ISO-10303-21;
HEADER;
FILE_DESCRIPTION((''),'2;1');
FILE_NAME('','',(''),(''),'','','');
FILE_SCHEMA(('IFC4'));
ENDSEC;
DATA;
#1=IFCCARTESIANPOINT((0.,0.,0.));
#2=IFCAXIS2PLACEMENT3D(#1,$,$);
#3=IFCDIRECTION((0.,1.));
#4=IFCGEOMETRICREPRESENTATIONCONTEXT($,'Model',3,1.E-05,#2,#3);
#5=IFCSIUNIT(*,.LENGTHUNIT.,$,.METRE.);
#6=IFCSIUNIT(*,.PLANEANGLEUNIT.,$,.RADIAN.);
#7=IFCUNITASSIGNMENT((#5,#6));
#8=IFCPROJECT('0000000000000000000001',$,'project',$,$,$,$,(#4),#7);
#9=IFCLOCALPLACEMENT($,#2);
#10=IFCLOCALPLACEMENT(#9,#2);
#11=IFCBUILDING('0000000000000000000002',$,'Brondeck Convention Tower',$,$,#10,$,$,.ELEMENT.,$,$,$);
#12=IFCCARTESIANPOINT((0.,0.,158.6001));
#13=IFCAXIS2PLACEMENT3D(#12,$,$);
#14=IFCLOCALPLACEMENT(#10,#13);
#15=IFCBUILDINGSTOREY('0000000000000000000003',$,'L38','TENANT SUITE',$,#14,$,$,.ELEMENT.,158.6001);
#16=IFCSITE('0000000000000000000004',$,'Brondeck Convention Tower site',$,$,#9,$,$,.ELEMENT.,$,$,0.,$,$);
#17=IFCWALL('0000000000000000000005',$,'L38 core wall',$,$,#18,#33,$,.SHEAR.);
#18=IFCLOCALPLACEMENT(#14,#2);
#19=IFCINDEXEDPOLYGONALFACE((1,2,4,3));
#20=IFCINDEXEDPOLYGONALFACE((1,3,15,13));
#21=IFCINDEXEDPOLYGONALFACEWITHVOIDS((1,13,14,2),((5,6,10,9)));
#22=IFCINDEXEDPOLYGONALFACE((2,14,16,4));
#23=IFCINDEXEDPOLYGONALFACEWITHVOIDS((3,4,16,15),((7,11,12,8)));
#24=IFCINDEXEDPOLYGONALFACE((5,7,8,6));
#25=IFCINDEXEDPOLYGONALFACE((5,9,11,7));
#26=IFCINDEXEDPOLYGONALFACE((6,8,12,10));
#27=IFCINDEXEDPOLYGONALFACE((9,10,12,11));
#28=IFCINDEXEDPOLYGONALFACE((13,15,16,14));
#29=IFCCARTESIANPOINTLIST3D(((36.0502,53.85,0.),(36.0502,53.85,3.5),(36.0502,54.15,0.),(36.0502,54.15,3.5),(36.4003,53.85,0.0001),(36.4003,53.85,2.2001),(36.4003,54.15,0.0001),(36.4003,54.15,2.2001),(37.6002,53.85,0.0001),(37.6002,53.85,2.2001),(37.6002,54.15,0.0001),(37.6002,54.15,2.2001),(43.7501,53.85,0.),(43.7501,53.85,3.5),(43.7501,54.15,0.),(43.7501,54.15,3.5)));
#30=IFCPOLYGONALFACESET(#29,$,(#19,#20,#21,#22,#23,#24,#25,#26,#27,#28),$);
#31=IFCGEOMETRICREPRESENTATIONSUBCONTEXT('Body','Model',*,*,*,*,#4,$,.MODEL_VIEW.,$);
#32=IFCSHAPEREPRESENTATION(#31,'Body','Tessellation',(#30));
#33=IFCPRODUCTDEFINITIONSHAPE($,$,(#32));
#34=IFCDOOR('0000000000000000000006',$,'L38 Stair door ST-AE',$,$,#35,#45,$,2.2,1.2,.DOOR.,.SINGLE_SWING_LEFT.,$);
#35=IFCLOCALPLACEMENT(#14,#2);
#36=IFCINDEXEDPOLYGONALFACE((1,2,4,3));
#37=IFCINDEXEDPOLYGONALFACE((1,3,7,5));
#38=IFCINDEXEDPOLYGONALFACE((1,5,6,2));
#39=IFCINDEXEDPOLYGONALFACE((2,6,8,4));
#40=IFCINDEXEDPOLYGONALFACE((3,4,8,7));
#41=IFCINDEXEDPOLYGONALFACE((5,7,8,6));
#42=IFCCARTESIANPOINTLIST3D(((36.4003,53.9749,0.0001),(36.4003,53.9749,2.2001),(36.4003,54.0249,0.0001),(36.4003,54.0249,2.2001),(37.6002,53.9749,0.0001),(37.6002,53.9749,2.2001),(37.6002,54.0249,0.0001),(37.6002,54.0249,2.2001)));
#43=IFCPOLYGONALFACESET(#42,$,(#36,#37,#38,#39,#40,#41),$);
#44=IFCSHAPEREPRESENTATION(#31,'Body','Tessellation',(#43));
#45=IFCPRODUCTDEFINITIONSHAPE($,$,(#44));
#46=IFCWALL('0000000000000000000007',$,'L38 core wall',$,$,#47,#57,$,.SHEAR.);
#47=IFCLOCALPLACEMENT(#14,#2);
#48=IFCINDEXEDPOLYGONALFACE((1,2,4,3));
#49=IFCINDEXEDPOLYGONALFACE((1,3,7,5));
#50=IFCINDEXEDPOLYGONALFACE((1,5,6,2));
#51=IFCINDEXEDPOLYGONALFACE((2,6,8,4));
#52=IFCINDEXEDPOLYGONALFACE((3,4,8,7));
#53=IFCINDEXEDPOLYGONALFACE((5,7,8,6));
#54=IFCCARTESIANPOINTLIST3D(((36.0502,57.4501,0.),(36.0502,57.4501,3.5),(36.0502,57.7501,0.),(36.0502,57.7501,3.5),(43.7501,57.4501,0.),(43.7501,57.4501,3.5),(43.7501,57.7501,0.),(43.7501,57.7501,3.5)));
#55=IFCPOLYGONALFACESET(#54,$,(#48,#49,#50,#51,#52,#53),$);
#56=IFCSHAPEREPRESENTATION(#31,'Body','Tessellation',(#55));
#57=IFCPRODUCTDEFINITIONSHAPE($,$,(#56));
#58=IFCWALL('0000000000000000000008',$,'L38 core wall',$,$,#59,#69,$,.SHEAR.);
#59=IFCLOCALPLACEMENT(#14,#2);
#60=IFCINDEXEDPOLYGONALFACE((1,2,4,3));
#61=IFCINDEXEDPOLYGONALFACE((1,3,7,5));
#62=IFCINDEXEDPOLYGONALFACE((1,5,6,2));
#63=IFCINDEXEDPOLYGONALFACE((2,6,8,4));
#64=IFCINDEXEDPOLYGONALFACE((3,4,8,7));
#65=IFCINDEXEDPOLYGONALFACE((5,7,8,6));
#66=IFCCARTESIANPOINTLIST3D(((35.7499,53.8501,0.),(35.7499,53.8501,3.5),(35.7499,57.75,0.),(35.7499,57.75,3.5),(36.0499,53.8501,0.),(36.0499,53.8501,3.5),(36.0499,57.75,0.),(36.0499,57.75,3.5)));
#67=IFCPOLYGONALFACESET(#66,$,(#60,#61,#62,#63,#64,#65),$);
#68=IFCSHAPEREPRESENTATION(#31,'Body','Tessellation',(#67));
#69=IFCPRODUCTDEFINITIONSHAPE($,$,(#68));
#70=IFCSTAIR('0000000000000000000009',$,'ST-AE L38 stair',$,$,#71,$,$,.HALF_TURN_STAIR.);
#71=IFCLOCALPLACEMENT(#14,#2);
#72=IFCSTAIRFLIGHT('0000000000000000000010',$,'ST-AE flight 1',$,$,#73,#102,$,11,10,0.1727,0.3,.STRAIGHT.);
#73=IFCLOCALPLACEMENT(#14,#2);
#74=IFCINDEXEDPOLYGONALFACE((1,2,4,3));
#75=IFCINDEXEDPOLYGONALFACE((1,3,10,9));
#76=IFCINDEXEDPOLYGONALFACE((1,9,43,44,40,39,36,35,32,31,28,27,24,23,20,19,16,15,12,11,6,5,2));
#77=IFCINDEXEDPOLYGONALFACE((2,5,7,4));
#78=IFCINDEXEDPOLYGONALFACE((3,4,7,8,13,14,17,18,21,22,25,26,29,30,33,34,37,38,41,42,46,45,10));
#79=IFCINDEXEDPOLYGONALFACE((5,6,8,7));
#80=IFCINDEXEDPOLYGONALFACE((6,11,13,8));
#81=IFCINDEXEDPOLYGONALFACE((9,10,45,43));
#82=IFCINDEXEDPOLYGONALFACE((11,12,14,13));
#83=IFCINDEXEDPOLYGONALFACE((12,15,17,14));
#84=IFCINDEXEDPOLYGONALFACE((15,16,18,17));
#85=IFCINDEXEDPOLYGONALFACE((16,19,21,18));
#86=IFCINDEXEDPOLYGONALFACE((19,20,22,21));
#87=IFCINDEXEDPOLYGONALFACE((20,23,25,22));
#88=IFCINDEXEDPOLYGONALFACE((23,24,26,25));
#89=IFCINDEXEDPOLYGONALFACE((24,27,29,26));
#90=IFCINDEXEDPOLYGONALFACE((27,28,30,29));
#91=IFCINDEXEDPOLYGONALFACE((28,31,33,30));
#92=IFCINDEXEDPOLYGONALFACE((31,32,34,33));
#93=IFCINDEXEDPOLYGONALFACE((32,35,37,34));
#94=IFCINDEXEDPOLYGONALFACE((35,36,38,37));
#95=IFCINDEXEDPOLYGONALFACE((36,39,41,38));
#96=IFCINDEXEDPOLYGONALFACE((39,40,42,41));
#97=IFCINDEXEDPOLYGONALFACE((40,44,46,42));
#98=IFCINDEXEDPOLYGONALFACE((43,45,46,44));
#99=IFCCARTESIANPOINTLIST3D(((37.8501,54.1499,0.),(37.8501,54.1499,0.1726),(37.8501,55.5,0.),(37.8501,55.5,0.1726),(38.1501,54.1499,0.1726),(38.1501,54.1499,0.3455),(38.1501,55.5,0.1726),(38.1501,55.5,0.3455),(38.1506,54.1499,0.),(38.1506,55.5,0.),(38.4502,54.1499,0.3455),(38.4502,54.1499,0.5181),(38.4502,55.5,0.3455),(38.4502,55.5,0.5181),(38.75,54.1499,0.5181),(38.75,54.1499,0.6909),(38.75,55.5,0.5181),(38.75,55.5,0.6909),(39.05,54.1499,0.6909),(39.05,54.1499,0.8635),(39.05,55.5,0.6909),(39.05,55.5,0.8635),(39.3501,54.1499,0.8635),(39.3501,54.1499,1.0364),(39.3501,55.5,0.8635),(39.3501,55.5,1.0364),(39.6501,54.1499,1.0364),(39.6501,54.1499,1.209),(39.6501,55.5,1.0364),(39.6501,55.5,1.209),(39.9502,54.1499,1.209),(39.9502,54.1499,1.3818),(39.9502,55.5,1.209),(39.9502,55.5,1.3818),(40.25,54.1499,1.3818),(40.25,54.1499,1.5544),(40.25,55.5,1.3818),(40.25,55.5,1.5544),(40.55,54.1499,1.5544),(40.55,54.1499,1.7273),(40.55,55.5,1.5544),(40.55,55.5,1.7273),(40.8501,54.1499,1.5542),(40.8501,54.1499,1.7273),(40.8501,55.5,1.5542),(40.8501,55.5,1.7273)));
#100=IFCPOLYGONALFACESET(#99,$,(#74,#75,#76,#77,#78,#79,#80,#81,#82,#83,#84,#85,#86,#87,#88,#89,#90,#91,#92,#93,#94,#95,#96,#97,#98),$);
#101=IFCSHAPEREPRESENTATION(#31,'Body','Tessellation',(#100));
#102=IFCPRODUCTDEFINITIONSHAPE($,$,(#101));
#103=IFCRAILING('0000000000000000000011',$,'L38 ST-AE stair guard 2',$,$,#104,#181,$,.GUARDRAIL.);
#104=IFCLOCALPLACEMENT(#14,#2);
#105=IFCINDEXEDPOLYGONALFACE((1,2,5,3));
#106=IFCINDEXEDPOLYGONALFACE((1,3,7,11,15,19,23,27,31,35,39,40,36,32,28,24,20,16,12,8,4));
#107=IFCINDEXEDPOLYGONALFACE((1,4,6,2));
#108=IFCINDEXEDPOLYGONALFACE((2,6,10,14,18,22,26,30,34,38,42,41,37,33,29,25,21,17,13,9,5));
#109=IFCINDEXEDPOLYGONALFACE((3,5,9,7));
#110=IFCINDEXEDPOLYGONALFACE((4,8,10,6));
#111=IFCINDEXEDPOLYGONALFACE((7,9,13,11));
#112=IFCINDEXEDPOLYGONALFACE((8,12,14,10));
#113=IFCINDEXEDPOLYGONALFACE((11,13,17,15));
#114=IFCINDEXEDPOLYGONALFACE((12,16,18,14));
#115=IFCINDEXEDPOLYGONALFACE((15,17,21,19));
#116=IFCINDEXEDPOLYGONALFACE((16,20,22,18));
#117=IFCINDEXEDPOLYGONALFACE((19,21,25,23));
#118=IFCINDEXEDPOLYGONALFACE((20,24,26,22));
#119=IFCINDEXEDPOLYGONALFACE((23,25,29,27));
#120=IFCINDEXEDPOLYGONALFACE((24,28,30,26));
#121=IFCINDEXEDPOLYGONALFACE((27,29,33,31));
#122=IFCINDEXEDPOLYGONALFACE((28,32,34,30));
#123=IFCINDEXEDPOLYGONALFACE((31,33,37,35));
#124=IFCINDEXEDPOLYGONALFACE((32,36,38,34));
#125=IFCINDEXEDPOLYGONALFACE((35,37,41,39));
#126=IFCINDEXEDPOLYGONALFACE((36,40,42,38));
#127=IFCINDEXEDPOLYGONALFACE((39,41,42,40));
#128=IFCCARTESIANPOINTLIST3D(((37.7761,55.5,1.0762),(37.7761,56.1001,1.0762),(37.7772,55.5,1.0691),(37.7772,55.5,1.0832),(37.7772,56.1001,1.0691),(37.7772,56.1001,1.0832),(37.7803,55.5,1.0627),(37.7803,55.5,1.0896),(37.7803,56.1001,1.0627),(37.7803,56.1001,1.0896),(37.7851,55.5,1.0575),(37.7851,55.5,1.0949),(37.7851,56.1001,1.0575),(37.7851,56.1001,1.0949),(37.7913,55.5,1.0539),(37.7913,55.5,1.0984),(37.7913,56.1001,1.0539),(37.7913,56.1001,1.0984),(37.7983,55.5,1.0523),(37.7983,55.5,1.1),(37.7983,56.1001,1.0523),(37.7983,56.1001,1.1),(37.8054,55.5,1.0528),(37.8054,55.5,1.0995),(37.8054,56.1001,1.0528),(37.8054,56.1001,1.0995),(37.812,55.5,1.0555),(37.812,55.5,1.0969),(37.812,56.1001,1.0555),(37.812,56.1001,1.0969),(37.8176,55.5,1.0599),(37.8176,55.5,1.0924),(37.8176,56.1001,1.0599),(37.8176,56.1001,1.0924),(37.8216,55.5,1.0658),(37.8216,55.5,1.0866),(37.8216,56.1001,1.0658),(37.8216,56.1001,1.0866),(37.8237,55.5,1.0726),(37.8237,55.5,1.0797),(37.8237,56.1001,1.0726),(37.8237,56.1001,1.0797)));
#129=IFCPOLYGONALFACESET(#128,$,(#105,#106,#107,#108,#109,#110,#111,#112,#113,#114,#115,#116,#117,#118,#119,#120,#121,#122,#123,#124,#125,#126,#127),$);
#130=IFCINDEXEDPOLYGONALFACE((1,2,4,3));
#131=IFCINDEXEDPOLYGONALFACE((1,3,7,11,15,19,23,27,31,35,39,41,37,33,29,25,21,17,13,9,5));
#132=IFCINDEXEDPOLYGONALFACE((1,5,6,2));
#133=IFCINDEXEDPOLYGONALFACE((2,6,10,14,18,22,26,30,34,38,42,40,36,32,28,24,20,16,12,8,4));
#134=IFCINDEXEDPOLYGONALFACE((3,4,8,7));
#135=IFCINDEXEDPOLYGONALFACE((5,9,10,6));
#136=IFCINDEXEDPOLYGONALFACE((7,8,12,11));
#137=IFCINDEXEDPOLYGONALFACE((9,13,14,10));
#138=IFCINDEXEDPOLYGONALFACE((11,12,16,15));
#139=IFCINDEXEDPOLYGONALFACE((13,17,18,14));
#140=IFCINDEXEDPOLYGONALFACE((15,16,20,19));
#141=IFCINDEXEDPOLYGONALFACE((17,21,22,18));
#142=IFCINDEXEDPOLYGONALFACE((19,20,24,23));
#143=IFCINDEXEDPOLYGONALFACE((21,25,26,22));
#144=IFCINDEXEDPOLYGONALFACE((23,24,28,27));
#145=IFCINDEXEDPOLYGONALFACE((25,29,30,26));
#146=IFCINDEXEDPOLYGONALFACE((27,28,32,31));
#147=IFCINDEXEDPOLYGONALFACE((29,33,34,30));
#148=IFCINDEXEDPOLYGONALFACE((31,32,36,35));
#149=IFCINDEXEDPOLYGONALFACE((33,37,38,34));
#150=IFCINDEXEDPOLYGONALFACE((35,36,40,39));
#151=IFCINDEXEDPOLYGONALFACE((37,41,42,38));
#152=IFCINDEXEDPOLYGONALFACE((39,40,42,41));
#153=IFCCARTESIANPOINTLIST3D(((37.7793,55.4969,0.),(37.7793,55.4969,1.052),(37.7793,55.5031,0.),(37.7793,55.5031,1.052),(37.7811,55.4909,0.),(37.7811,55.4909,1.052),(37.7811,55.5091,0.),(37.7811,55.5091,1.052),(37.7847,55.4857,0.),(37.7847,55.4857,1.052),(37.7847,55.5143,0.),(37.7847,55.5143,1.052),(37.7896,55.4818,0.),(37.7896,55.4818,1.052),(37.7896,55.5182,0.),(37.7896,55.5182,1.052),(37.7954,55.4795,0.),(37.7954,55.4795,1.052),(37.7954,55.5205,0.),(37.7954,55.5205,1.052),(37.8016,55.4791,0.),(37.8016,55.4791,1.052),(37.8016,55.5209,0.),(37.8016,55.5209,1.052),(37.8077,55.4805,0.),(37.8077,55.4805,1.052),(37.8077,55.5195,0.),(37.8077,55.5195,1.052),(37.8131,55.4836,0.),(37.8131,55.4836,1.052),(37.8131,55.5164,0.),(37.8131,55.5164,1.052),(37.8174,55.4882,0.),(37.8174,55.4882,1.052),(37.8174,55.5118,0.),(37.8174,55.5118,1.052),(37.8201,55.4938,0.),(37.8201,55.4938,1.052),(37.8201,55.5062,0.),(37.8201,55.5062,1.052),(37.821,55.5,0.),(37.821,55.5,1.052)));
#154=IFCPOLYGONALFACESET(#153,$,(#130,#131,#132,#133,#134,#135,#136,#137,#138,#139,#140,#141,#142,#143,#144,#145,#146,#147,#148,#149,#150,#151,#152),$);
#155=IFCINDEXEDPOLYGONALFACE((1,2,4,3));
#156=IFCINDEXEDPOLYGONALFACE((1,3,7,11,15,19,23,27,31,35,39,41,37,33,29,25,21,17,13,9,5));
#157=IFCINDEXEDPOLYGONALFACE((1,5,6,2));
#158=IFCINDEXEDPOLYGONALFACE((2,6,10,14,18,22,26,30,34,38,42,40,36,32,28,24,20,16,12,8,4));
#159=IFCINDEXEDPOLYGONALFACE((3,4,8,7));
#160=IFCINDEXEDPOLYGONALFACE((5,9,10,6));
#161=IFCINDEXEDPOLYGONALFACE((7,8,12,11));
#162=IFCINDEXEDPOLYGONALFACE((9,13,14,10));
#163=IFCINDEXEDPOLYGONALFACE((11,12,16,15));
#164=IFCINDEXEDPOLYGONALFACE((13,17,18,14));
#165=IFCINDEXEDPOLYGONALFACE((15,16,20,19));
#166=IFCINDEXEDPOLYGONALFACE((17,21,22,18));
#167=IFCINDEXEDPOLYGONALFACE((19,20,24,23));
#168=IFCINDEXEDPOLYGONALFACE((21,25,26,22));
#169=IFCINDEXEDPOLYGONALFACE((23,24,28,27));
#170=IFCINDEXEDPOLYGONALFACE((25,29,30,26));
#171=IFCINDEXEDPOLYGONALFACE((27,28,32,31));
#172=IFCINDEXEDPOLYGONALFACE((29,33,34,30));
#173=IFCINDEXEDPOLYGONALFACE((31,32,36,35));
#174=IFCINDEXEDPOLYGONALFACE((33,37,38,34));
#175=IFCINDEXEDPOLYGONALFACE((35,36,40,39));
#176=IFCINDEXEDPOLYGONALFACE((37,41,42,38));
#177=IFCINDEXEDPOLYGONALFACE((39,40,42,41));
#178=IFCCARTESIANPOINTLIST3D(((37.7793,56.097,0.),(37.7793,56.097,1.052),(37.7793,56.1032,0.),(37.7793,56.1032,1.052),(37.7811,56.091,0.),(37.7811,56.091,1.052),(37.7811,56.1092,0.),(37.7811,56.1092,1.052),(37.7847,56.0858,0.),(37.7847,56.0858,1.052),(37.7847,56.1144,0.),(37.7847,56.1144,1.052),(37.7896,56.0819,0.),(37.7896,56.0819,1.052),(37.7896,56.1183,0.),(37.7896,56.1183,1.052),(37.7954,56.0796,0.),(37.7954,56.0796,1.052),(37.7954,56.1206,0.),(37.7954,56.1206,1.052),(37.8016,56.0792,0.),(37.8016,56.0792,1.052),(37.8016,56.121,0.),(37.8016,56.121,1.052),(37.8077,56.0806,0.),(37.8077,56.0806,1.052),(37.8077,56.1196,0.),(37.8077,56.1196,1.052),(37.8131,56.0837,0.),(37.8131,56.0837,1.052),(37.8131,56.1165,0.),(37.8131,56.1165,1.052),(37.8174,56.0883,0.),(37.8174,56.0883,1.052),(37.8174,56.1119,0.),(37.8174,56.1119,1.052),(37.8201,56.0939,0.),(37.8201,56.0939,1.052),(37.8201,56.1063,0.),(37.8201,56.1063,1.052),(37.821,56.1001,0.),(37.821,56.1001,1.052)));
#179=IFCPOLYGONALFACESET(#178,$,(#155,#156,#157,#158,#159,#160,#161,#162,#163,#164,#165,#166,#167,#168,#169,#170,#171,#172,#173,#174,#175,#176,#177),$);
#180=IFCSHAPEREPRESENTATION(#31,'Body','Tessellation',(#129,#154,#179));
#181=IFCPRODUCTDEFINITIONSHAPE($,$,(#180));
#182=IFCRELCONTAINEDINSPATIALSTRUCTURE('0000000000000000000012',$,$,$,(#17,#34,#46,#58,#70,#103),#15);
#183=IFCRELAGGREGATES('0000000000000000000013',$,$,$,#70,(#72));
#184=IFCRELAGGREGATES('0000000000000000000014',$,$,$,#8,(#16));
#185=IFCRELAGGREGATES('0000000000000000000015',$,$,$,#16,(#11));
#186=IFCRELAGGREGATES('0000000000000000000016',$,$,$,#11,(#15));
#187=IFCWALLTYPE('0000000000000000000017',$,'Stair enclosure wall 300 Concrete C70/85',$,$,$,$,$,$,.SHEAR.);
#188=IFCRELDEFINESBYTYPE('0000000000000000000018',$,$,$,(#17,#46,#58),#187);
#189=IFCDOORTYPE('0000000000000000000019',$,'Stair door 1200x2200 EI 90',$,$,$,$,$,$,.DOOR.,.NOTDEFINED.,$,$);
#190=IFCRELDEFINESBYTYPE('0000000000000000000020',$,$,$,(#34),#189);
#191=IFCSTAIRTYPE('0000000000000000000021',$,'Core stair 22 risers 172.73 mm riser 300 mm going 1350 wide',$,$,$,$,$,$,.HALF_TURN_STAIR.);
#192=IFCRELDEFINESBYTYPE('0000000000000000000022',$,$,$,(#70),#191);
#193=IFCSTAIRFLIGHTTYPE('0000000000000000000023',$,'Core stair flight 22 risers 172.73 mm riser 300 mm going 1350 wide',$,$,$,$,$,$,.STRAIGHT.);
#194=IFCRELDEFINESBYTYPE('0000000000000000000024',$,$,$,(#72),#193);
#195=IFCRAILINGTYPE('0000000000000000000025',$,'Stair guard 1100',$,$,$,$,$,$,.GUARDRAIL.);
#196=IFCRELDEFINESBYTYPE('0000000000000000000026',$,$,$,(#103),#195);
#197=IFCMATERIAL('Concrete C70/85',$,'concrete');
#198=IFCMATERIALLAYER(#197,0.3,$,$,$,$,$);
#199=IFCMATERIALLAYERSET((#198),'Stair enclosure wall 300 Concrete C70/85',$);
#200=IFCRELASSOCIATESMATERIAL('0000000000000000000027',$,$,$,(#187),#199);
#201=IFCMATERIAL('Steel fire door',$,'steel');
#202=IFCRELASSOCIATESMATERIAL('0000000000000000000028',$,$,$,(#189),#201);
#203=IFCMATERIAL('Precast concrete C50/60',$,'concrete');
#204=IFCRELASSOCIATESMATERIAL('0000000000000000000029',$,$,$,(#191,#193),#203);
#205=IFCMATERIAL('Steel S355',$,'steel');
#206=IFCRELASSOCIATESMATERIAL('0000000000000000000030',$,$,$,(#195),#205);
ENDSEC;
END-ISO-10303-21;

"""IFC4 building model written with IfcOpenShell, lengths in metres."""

from ifc_helpers import new_model, si_unit, direction, frame, frame_2d, origin, origin_2d, place, context, subcontext, project, spatial, polyline, rectangle, circle, outline, extrude, material, layer, layer_set, type_object, element, fill, aggregate, save


model = new_model("IFC4")

# Units and contexts
model_context = context("Model", 3, precision=1e-05, world=origin(), true_north=direction((0.0, 1.0)))
body_context = subcontext(model_context, "Body", "Model", "MODEL_VIEW")
ifc_project = project(units=[si_unit("LENGTHUNIT", "METRE"), si_unit("PLANEANGLEUNIT", "RADIAN")], contexts=[model_context])

# Site, building, storey
site_placement = place(None, origin())
site = spatial("IfcSite", under=ifc_project, at=site_placement, Name="Brondeck Convention Tower site", CompositionType="ELEMENT", RefElevation=0.0)
building_placement = place(site_placement, origin())
building = spatial("IfcBuilding", under=site, at=building_placement, Name="Brondeck Convention Tower", CompositionType="ELEMENT")
storey_placement = place(building_placement, frame((0.0, 0.0, 158.6001)))
storey = spatial("IfcBuildingStorey", under=building, at=storey_placement, Name="L38", Description="TENANT SUITE", CompositionType="ELEMENT", Elevation=158.6001)

# Shared definitions
ifc_material_1 = material(Name="Concrete C70/85", Category="concrete")

# Shared definitions
ifc_material_2 = material(Name="Steel S355", Category="steel")

# Wall, opening, door
ifc_layer_1 = layer(ifc_material_1, 0.3)
ifc_layer_set_1 = layer_set([ifc_layer_1], Name="Stair enclosure wall 300 Concrete C70/85")
wall_type_1 = type_object("IfcWallType", Name="Stair enclosure wall 300 Concrete C70/85", PredefinedType="SHEAR", material=ifc_layer_set_1)
wall_1_placement = place(storey_placement, frame((36.05, 54.0, 0.0), z_axis=(0.0, 0.0, 1.0), x_axis=(1.0, 0.0, 0.0)))
wall_1 = element("IfcWall", 1, at=wall_1_placement, inside=storey, type_object=wall_type_1, Name="L38 core wall", PredefinedType="SHEAR", context=body_context, shape_type="SweptSolid", body=[
    extrude(rectangle(XDim=7.7, YDim=0.3, at=frame_2d((3.8501, 0.0))), origin(), (0.0, 0.0, 1.0), 3.5),
])
opening_1_placement = place(wall_1_placement, frame((0.3501, 0.0, 0.0)))
opening_1 = element("IfcOpeningElement", 2, at=opening_1_placement, cuts=wall_1, PredefinedType="OPENING", context=body_context, shape_type="SweptSolid", body=[
    extrude(rectangle(XDim=1.2, YDim=2.2, at=frame_2d((0.6001, 1.1001))), frame((0.0, 0.1599, 0.0), z_axis=(0.0, -1.0, 0.0), x_axis=(1.0, 0.0, 0.0)), (0.0, 0.0, 1.0), 0.3201),
])
ifc_material_3 = material(Name="Steel fire door", Category="steel")
door_type = type_object("IfcDoorType", Name="Stair door 1200x2200 EI 90", OperationType="NOTDEFINED", PredefinedType="DOOR", material=ifc_material_3)
door_placement = place(opening_1_placement, origin())
door = element("IfcDoor", 3, at=door_placement, inside=storey, type_object=door_type, Name="L38 Stair door ST-AE", OperationType="SINGLE_SWING_LEFT", OverallHeight=2.2, OverallWidth=1.2, PredefinedType="DOOR", context=body_context, shape_type="SweptSolid", body=[
    extrude(rectangle(XDim=1.2, YDim=2.2, at=frame_2d((0.6001, 1.1001))), frame((0.0, 0.0249, 0.0), z_axis=(0.0, -1.0, 0.0), x_axis=(1.0, 0.0, 0.0)), (0.0, 0.0, 1.0), 0.05),
])
fill(opening_1, door)

# Walls
wall_2_placement = place(storey_placement, frame((36.05, 57.6001, 0.0), z_axis=(0.0, 0.0, 1.0), x_axis=(1.0, 0.0, 0.0)))
element("IfcWall", 4, at=wall_2_placement, inside=storey, type_object=wall_type_1, Name="L38 core wall", PredefinedType="SHEAR", context=body_context, shape_type="SweptSolid", body=[
    extrude(rectangle(XDim=7.7, YDim=0.3, at=frame_2d((3.8501, 0.0))), origin(), (0.0, 0.0, 1.0), 3.5),
])
wall_3_placement = place(storey_placement, frame((35.8999, 53.8501, 0.0), z_axis=(0.0, 0.0, 1.0), x_axis=(0.0, 1.0, 0.0)))
element("IfcWall", 5, at=wall_3_placement, inside=storey, type_object=wall_type_1, Name="L38 core wall", PredefinedType="SHEAR", context=body_context, shape_type="SweptSolid", body=[
    extrude(rectangle(XDim=3.8999, YDim=0.3, at=frame_2d((1.95, 0.0))), origin(), (0.0, 0.0, 1.0), 3.5),
])

# Stair, stair flight
ifc_material_4 = material(Name="Precast concrete C50/60", Category="concrete")
stair_type = type_object("IfcStairType", Name="Core stair 22 risers 172.73 mm riser 300 mm going 1350 wide", PredefinedType="HALF_TURN_STAIR", material=ifc_material_4)
stair_placement = place(storey_placement, origin())
stair = element("IfcStair", 6, at=stair_placement, inside=storey, type_object=stair_type, Name="ST-AE L38 stair", PredefinedType="HALF_TURN_STAIR")
stair_flight_type = type_object("IfcStairFlightType", Name="Core stair flight 22 risers 172.73 mm riser 300 mm going 1350 wide", PredefinedType="STRAIGHT", material=ifc_material_4)
stair_flight_placement = place(storey_placement, frame((37.8501, 54.825, 0.0), z_axis=(0.0, 0.0, 1.0), x_axis=(1.0, 0.0, 0.0)))
stair_flight = element("IfcStairFlight", 7, at=stair_flight_placement, type_object=stair_flight_type, Name="ST-AE flight 1", NumberOfRisers=11, NumberOfTreads=10, PredefinedType="STRAIGHT", RiserHeight=0.1727, TreadLength=0.3, context=body_context, shape_type="SweptSolid", body=[
    extrude(outline(polyline([(0.0, 0.0), (0.0, 0.1726), (0.3, 0.1726), (0.3, 0.3455), (0.6001, 0.3455), (0.6001, 0.5181), (0.8999, 0.5181), (0.8999, 0.6909), (1.2, 0.6909), (1.2, 0.8635), (1.5, 0.8635), (1.5, 1.0364), (1.8, 1.0364), (1.8, 1.209), (2.1001, 1.209), (2.1001, 1.3818), (2.3999, 1.3818), (2.3999, 1.5544), (2.7, 1.5544), (2.7, 1.7273), (3.0, 1.7273), (3.0, 1.8999), (3.0, 1.5542), (0.3005, 0.0), (0.0, 0.0)])), frame((0.0, 0.675, 0.0), z_axis=(0.0, -1.0, 0.0), x_axis=(1.0, 0.0, 0.0)), (0.0, 0.0, 1.0), 1.3501),
])
aggregate(stair, [stair_flight])

# Railing
railing_type_1 = type_object("IfcRailingType", Name="Stair guard 1100", PredefinedType="GUARDRAIL", material=ifc_material_2)
railing_1_placement = place(storey_placement, frame((37.8, 55.5, 0.0)))
element("IfcRailing", 8, at=railing_1_placement, inside=storey, type_object=railing_type_1, Name="L38 ST-AE stair guard 2", PredefinedType="GUARDRAIL", context=body_context, shape_type="SweptSolid", body=[
    extrude(circle(Radius=0.0239, at=origin_2d()), frame((0.0, 0.0, 1.0762), z_axis=(0.0, 1.0, 0.0), x_axis=(-1.0, 0.0, 0.0)), (0.0, 0.0, 1.0), 0.6001),
    extrude(circle(Radius=0.021, at=origin_2d()), origin(), (0.0, 0.0, 1.0), 1.052),
    extrude(circle(Radius=0.021, at=origin_2d()), frame((0.0, 0.6001, 0.0)), (0.0, 0.0, 1.0), 1.052),
])

save(model, "model.ifc")
